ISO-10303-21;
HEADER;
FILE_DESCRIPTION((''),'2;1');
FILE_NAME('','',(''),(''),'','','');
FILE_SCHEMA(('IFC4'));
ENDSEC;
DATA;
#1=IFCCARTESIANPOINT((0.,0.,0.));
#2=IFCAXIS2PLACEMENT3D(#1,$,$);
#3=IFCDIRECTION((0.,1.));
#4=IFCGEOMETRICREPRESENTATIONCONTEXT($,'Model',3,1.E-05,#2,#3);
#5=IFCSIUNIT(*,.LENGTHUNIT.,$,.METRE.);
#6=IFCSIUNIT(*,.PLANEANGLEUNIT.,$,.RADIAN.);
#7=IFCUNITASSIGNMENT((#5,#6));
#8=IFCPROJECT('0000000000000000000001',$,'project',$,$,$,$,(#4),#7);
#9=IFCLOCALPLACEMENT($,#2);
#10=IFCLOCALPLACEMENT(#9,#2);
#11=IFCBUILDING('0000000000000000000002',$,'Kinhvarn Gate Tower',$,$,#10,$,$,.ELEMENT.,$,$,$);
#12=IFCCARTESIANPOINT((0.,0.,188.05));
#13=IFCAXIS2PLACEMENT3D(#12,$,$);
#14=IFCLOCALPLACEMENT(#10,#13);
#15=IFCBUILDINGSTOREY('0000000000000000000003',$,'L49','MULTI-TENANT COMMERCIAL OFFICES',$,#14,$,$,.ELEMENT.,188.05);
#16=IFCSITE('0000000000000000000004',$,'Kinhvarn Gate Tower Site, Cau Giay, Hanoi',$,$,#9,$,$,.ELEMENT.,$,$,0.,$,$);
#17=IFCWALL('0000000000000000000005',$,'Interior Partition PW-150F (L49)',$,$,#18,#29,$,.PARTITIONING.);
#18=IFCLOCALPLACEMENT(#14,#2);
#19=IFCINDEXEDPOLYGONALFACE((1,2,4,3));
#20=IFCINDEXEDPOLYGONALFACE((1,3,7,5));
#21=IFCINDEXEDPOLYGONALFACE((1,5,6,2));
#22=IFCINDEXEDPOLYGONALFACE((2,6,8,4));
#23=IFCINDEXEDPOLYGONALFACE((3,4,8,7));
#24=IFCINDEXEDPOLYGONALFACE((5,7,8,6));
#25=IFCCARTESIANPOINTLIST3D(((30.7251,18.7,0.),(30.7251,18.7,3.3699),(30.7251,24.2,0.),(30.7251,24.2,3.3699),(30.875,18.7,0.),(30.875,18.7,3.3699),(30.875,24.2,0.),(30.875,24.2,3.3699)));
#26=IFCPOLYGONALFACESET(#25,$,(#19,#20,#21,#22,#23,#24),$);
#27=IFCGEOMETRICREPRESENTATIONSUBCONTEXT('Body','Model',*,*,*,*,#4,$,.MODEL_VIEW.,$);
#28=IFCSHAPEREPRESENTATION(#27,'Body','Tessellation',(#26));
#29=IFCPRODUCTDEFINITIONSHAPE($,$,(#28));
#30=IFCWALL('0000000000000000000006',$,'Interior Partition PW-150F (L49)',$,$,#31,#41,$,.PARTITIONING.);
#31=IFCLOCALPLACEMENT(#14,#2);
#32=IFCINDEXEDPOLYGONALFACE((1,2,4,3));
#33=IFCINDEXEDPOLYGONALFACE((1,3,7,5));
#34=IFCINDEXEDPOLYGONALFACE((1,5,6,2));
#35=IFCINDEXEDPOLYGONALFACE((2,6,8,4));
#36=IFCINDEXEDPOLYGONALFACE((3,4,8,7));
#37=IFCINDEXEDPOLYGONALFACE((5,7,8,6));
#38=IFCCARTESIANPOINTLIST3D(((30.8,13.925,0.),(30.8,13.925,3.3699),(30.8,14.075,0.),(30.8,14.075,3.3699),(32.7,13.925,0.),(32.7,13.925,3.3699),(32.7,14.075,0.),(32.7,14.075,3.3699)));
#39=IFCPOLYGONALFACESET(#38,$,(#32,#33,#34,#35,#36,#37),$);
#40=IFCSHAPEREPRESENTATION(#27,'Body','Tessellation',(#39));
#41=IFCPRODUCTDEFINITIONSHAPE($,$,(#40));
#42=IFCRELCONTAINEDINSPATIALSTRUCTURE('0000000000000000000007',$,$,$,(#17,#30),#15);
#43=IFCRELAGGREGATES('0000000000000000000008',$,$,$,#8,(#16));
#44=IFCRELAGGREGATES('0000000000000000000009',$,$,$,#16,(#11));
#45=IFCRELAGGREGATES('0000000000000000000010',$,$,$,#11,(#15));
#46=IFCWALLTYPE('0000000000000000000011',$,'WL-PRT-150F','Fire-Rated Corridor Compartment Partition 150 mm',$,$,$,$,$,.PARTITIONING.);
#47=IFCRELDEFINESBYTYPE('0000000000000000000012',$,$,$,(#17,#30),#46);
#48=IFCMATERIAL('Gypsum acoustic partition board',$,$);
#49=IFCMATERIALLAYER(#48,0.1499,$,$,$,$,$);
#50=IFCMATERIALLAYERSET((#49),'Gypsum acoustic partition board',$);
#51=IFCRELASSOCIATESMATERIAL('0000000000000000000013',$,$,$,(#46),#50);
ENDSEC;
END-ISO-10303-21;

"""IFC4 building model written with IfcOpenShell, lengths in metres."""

from ifc_helpers import new_model, si_unit, direction, frame, frame_2d, origin, place, context, subcontext, project, spatial, rectangle, extrude, material, layer, layer_set, type_object, element, save


model = new_model("IFC4")

# Units and contexts
model_context = context("Model", 3, precision=1e-05, world=origin(), true_north=direction((0.0, 1.0)))
body_context = subcontext(model_context, "Body", "Model", "MODEL_VIEW")
ifc_project = project(units=[si_unit("LENGTHUNIT", "METRE"), si_unit("PLANEANGLEUNIT", "RADIAN")], contexts=[model_context])

# Site, building, storey
site_placement = place(None, origin())
site = spatial("IfcSite", under=ifc_project, at=site_placement, Name="Kinhvarn Gate Tower Site, Cau Giay, Hanoi", CompositionType="ELEMENT", RefElevation=0.0)
building_placement = place(site_placement, origin())
building = spatial("IfcBuilding", under=site, at=building_placement, Name="Kinhvarn Gate Tower", CompositionType="ELEMENT")
storey_placement = place(building_placement, frame((0.0, 0.0, 188.05)))
storey = spatial("IfcBuildingStorey", under=building, at=storey_placement, Name="L49", Description="MULTI-TENANT COMMERCIAL OFFICES", CompositionType="ELEMENT", Elevation=188.05)

# Shared definitions
ifc_material_1 = material(Name="Gypsum acoustic partition board")
ifc_layer_1 = layer(ifc_material_1, 0.1499)
ifc_layer_set_1 = layer_set([ifc_layer_1], Name="Gypsum acoustic partition board")
wall_type_1 = type_object("IfcWallType", Name="WL-PRT-150F", Description="Fire-Rated Corridor Compartment Partition 150 mm", PredefinedType="PARTITIONING", material=ifc_layer_set_1)

# Walls
wall_1_placement = place(storey_placement, frame((30.8, 18.7, 0.0), z_axis=(0.0, 0.0, 1.0), x_axis=(0.0, 1.0, 0.0)))
element("IfcWall", 1, at=wall_1_placement, inside=storey, type_object=wall_type_1, Name="Interior Partition PW-150F (L49)", PredefinedType="PARTITIONING", context=body_context, shape_type="SweptSolid", body=[
    extrude(rectangle(XDim=5.5, YDim=0.1499, at=frame_2d((2.75, 0.0))), origin(), (0.0, 0.0, 1.0), 3.3699),
])
wall_2_placement = place(storey_placement, frame((30.8, 14.0, 0.0), z_axis=(0.0, 0.0, 1.0), x_axis=(1.0, 0.0, 0.0)))
element("IfcWall", 2, at=wall_2_placement, inside=storey, type_object=wall_type_1, Name="Interior Partition PW-150F (L49)", PredefinedType="PARTITIONING", context=body_context, shape_type="SweptSolid", body=[
    extrude(rectangle(XDim=1.8999, YDim=0.1499, at=frame_2d((0.95, 0.0))), origin(), (0.0, 0.0, 1.0), 3.3699),
])

save(model, "model.ifc")
